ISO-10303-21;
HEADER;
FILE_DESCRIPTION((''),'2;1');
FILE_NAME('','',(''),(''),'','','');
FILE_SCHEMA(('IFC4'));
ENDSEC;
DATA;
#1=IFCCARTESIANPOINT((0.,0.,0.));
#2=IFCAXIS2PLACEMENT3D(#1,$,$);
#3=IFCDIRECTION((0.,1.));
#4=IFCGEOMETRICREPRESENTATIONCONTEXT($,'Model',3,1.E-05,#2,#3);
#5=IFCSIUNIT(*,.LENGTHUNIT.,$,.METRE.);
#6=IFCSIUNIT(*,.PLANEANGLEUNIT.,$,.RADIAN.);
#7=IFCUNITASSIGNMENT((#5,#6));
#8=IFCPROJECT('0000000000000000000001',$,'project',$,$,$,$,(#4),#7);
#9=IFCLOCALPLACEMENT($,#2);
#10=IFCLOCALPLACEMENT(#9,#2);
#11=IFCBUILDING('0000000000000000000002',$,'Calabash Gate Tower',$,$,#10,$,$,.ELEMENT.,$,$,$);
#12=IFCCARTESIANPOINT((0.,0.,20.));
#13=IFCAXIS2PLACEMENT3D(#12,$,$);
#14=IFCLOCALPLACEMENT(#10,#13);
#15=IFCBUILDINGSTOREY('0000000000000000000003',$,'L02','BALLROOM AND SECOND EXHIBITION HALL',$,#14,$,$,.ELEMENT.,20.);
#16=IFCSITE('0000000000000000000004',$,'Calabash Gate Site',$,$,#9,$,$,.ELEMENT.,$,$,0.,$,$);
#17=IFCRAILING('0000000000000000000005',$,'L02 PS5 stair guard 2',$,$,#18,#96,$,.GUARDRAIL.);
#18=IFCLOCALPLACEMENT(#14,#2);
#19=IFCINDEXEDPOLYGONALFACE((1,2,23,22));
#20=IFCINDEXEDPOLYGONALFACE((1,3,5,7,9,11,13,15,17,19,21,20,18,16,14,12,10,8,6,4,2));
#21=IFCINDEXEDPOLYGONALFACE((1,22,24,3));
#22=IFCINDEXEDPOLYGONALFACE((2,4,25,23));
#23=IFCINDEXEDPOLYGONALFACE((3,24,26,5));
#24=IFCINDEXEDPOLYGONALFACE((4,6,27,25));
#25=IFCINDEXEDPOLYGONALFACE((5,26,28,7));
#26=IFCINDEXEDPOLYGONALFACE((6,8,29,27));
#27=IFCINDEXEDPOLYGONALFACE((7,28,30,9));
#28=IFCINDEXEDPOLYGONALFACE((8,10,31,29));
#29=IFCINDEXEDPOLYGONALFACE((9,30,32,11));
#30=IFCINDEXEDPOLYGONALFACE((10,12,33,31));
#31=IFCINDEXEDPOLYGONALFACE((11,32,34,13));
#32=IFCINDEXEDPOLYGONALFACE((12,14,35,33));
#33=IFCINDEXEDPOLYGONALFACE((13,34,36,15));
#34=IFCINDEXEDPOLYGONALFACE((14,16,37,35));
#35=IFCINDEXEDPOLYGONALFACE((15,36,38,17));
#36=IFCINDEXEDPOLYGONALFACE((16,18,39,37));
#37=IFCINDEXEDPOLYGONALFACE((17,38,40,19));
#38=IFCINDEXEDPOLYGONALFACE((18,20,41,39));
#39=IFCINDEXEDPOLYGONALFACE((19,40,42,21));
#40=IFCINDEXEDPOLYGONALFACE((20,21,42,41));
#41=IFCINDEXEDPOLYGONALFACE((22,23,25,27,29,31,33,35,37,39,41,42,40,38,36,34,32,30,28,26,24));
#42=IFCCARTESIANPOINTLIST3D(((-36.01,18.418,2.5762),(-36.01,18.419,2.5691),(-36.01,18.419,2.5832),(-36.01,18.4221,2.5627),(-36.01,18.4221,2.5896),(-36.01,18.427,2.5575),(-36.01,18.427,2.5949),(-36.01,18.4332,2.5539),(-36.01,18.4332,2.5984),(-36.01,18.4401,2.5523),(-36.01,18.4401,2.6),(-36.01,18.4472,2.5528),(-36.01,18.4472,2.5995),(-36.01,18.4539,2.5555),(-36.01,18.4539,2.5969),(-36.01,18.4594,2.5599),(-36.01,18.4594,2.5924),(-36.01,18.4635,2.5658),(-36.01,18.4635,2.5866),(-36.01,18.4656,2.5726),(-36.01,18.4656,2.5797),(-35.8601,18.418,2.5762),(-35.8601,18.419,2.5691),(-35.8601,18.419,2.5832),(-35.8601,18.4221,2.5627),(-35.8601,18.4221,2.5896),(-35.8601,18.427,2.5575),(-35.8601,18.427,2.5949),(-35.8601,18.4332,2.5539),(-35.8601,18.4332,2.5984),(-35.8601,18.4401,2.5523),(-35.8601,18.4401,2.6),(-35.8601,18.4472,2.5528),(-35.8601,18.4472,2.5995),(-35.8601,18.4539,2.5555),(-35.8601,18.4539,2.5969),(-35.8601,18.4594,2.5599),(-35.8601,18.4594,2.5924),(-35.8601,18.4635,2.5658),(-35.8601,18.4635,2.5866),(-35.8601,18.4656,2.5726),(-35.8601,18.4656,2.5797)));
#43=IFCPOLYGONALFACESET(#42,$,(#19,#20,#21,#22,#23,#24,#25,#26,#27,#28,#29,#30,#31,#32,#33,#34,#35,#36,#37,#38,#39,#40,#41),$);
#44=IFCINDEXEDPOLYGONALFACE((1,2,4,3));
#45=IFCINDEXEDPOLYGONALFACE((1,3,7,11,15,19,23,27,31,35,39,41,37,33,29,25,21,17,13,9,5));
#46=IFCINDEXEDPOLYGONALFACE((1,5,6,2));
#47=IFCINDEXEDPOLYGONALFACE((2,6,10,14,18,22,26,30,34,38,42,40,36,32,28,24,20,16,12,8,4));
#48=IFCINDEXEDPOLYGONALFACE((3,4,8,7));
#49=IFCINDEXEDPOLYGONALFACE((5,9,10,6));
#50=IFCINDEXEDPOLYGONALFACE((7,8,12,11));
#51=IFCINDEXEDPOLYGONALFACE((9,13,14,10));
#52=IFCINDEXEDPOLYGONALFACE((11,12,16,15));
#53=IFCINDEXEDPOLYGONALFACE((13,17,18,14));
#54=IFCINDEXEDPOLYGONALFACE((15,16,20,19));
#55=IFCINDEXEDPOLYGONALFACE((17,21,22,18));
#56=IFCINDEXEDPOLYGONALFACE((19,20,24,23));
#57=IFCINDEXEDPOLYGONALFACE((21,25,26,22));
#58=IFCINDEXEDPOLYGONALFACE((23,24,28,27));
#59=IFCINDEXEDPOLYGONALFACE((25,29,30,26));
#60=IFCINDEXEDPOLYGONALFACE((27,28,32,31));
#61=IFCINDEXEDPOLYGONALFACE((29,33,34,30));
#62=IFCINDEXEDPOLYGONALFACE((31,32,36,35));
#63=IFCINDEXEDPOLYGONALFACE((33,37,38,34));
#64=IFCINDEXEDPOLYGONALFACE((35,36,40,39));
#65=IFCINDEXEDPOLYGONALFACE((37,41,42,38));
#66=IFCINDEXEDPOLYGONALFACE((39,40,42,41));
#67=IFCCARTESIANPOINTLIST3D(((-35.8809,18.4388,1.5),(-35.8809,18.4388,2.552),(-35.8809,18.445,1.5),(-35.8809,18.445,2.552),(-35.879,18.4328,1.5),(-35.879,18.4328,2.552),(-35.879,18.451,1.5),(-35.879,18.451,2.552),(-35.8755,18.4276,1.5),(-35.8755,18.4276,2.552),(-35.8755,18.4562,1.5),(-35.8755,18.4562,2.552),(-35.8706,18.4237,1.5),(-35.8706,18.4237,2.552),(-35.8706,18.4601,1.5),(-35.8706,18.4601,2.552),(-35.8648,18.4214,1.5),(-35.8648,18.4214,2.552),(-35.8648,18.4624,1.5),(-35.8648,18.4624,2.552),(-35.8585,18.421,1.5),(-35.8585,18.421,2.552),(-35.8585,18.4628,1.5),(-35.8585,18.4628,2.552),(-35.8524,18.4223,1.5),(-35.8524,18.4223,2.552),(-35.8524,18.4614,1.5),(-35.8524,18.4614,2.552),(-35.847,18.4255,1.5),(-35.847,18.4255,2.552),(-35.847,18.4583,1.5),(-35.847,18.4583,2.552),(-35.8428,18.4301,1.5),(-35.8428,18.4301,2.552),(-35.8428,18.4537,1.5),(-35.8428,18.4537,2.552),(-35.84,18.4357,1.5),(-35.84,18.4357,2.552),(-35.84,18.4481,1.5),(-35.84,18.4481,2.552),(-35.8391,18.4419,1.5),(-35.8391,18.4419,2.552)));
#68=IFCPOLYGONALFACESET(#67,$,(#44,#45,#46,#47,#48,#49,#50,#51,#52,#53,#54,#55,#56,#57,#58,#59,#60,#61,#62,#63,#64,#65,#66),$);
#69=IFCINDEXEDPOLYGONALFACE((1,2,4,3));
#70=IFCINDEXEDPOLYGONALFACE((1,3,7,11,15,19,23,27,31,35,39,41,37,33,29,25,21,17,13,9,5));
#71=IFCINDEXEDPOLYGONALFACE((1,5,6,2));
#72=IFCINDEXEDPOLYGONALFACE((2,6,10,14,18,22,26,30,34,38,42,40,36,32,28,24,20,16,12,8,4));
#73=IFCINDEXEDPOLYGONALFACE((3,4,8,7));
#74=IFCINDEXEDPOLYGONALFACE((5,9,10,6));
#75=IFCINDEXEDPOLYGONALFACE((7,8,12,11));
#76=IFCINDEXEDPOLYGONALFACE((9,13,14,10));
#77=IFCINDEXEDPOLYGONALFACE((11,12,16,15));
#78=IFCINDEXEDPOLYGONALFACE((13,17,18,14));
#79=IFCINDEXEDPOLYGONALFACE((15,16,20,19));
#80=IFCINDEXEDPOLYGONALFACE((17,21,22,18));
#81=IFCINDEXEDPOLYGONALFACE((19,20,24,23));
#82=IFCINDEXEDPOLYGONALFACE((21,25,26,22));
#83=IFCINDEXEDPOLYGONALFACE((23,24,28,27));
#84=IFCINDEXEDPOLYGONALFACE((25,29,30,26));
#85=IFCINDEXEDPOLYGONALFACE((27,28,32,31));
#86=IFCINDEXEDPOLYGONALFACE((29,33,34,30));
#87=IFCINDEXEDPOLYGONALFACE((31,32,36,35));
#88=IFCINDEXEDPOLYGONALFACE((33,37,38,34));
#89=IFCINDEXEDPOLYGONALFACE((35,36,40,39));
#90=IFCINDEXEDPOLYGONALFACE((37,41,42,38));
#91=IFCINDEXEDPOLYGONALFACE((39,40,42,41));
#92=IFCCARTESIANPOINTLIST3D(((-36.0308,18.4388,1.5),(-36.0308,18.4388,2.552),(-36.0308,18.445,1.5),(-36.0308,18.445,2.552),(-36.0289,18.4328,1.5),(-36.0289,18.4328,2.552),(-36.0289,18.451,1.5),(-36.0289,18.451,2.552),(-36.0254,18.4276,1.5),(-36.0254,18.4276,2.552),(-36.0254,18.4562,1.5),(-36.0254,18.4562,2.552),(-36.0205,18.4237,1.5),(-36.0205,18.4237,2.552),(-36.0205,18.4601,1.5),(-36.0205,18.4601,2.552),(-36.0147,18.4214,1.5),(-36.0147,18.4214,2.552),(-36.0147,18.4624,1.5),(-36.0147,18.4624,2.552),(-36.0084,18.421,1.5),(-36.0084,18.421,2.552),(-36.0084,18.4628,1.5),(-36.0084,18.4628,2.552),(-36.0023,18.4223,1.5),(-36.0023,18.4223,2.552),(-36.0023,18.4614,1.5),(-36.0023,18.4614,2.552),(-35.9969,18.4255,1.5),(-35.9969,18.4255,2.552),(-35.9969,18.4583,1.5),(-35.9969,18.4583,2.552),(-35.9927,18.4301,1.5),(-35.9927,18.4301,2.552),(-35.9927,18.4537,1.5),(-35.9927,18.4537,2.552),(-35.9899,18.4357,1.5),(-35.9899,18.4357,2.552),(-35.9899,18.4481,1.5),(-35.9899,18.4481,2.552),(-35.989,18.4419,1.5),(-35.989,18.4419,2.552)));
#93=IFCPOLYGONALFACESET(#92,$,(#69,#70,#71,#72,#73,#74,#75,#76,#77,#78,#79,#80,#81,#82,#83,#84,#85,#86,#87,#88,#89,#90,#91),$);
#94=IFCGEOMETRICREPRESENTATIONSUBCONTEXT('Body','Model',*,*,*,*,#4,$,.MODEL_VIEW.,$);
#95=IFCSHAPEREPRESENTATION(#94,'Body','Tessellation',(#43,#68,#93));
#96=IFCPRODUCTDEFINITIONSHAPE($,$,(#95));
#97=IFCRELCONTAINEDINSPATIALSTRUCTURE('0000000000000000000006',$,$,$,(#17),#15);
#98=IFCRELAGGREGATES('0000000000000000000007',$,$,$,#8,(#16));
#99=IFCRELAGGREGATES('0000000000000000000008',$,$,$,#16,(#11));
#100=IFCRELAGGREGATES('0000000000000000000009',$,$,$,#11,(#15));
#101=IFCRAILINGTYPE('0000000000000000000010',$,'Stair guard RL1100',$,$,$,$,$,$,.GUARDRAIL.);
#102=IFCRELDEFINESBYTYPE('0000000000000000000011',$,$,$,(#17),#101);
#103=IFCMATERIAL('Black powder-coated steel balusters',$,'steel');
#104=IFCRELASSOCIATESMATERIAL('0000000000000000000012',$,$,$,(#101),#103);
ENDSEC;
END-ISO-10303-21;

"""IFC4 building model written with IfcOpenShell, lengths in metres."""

from ifc_helpers import new_model, si_unit, direction, frame, origin, origin_2d, place, context, subcontext, project, spatial, circle, extrude, material, type_object, element, save


model = new_model("IFC4")

# Units and contexts
model_context = context("Model", 3, precision=1e-05, world=origin(), true_north=direction((0.0, 1.0)))
body_context = subcontext(model_context, "Body", "Model", "MODEL_VIEW")
ifc_project = project(units=[si_unit("LENGTHUNIT", "METRE"), si_unit("PLANEANGLEUNIT", "RADIAN")], contexts=[model_context])

# Site, building, storey
site_placement = place(None, origin())
site = spatial("IfcSite", under=ifc_project, at=site_placement, Name="Calabash Gate Site", CompositionType="ELEMENT", RefElevation=0.0)
building_placement = place(site_placement, origin())
building = spatial("IfcBuilding", under=site, at=building_placement, Name="Calabash Gate Tower", CompositionType="ELEMENT")
storey_placement = place(building_placement, frame((0.0, 0.0, 20.0)))
storey = spatial("IfcBuildingStorey", under=building, at=storey_placement, Name="L02", Description="BALLROOM AND SECOND EXHIBITION HALL", CompositionType="ELEMENT", Elevation=20.0)

# Railing
ifc_material_1 = material(Name="Black powder-coated steel balusters", Category="steel")
railing_type_1 = type_object("IfcRailingType", Name="Stair guard RL1100", PredefinedType="GUARDRAIL", material=ifc_material_1)
railing_1_placement = place(storey_placement, frame((-35.8601, 18.4419, 1.5)))
element("IfcRailing", 1, at=railing_1_placement, inside=storey, type_object=railing_type_1, Name="L02 PS5 stair guard 2", PredefinedType="GUARDRAIL", context=body_context, shape_type="SweptSolid", body=[
    extrude(circle(Radius=0.0239, at=origin_2d()), frame((0.0, 0.0, 1.0762), z_axis=(-1.0, 0.0, 0.0), x_axis=(0.0, -1.0, 0.0)), (0.0, 0.0, 1.0), 0.1499),
    extrude(circle(Radius=0.021, at=origin_2d()), origin(), (0.0, 0.0, 1.0), 1.052),
    extrude(circle(Radius=0.021, at=origin_2d()), frame((-0.1499, 0.0, 0.0)), (0.0, 0.0, 1.0), 1.052),
])

save(model, "model.ifc")
